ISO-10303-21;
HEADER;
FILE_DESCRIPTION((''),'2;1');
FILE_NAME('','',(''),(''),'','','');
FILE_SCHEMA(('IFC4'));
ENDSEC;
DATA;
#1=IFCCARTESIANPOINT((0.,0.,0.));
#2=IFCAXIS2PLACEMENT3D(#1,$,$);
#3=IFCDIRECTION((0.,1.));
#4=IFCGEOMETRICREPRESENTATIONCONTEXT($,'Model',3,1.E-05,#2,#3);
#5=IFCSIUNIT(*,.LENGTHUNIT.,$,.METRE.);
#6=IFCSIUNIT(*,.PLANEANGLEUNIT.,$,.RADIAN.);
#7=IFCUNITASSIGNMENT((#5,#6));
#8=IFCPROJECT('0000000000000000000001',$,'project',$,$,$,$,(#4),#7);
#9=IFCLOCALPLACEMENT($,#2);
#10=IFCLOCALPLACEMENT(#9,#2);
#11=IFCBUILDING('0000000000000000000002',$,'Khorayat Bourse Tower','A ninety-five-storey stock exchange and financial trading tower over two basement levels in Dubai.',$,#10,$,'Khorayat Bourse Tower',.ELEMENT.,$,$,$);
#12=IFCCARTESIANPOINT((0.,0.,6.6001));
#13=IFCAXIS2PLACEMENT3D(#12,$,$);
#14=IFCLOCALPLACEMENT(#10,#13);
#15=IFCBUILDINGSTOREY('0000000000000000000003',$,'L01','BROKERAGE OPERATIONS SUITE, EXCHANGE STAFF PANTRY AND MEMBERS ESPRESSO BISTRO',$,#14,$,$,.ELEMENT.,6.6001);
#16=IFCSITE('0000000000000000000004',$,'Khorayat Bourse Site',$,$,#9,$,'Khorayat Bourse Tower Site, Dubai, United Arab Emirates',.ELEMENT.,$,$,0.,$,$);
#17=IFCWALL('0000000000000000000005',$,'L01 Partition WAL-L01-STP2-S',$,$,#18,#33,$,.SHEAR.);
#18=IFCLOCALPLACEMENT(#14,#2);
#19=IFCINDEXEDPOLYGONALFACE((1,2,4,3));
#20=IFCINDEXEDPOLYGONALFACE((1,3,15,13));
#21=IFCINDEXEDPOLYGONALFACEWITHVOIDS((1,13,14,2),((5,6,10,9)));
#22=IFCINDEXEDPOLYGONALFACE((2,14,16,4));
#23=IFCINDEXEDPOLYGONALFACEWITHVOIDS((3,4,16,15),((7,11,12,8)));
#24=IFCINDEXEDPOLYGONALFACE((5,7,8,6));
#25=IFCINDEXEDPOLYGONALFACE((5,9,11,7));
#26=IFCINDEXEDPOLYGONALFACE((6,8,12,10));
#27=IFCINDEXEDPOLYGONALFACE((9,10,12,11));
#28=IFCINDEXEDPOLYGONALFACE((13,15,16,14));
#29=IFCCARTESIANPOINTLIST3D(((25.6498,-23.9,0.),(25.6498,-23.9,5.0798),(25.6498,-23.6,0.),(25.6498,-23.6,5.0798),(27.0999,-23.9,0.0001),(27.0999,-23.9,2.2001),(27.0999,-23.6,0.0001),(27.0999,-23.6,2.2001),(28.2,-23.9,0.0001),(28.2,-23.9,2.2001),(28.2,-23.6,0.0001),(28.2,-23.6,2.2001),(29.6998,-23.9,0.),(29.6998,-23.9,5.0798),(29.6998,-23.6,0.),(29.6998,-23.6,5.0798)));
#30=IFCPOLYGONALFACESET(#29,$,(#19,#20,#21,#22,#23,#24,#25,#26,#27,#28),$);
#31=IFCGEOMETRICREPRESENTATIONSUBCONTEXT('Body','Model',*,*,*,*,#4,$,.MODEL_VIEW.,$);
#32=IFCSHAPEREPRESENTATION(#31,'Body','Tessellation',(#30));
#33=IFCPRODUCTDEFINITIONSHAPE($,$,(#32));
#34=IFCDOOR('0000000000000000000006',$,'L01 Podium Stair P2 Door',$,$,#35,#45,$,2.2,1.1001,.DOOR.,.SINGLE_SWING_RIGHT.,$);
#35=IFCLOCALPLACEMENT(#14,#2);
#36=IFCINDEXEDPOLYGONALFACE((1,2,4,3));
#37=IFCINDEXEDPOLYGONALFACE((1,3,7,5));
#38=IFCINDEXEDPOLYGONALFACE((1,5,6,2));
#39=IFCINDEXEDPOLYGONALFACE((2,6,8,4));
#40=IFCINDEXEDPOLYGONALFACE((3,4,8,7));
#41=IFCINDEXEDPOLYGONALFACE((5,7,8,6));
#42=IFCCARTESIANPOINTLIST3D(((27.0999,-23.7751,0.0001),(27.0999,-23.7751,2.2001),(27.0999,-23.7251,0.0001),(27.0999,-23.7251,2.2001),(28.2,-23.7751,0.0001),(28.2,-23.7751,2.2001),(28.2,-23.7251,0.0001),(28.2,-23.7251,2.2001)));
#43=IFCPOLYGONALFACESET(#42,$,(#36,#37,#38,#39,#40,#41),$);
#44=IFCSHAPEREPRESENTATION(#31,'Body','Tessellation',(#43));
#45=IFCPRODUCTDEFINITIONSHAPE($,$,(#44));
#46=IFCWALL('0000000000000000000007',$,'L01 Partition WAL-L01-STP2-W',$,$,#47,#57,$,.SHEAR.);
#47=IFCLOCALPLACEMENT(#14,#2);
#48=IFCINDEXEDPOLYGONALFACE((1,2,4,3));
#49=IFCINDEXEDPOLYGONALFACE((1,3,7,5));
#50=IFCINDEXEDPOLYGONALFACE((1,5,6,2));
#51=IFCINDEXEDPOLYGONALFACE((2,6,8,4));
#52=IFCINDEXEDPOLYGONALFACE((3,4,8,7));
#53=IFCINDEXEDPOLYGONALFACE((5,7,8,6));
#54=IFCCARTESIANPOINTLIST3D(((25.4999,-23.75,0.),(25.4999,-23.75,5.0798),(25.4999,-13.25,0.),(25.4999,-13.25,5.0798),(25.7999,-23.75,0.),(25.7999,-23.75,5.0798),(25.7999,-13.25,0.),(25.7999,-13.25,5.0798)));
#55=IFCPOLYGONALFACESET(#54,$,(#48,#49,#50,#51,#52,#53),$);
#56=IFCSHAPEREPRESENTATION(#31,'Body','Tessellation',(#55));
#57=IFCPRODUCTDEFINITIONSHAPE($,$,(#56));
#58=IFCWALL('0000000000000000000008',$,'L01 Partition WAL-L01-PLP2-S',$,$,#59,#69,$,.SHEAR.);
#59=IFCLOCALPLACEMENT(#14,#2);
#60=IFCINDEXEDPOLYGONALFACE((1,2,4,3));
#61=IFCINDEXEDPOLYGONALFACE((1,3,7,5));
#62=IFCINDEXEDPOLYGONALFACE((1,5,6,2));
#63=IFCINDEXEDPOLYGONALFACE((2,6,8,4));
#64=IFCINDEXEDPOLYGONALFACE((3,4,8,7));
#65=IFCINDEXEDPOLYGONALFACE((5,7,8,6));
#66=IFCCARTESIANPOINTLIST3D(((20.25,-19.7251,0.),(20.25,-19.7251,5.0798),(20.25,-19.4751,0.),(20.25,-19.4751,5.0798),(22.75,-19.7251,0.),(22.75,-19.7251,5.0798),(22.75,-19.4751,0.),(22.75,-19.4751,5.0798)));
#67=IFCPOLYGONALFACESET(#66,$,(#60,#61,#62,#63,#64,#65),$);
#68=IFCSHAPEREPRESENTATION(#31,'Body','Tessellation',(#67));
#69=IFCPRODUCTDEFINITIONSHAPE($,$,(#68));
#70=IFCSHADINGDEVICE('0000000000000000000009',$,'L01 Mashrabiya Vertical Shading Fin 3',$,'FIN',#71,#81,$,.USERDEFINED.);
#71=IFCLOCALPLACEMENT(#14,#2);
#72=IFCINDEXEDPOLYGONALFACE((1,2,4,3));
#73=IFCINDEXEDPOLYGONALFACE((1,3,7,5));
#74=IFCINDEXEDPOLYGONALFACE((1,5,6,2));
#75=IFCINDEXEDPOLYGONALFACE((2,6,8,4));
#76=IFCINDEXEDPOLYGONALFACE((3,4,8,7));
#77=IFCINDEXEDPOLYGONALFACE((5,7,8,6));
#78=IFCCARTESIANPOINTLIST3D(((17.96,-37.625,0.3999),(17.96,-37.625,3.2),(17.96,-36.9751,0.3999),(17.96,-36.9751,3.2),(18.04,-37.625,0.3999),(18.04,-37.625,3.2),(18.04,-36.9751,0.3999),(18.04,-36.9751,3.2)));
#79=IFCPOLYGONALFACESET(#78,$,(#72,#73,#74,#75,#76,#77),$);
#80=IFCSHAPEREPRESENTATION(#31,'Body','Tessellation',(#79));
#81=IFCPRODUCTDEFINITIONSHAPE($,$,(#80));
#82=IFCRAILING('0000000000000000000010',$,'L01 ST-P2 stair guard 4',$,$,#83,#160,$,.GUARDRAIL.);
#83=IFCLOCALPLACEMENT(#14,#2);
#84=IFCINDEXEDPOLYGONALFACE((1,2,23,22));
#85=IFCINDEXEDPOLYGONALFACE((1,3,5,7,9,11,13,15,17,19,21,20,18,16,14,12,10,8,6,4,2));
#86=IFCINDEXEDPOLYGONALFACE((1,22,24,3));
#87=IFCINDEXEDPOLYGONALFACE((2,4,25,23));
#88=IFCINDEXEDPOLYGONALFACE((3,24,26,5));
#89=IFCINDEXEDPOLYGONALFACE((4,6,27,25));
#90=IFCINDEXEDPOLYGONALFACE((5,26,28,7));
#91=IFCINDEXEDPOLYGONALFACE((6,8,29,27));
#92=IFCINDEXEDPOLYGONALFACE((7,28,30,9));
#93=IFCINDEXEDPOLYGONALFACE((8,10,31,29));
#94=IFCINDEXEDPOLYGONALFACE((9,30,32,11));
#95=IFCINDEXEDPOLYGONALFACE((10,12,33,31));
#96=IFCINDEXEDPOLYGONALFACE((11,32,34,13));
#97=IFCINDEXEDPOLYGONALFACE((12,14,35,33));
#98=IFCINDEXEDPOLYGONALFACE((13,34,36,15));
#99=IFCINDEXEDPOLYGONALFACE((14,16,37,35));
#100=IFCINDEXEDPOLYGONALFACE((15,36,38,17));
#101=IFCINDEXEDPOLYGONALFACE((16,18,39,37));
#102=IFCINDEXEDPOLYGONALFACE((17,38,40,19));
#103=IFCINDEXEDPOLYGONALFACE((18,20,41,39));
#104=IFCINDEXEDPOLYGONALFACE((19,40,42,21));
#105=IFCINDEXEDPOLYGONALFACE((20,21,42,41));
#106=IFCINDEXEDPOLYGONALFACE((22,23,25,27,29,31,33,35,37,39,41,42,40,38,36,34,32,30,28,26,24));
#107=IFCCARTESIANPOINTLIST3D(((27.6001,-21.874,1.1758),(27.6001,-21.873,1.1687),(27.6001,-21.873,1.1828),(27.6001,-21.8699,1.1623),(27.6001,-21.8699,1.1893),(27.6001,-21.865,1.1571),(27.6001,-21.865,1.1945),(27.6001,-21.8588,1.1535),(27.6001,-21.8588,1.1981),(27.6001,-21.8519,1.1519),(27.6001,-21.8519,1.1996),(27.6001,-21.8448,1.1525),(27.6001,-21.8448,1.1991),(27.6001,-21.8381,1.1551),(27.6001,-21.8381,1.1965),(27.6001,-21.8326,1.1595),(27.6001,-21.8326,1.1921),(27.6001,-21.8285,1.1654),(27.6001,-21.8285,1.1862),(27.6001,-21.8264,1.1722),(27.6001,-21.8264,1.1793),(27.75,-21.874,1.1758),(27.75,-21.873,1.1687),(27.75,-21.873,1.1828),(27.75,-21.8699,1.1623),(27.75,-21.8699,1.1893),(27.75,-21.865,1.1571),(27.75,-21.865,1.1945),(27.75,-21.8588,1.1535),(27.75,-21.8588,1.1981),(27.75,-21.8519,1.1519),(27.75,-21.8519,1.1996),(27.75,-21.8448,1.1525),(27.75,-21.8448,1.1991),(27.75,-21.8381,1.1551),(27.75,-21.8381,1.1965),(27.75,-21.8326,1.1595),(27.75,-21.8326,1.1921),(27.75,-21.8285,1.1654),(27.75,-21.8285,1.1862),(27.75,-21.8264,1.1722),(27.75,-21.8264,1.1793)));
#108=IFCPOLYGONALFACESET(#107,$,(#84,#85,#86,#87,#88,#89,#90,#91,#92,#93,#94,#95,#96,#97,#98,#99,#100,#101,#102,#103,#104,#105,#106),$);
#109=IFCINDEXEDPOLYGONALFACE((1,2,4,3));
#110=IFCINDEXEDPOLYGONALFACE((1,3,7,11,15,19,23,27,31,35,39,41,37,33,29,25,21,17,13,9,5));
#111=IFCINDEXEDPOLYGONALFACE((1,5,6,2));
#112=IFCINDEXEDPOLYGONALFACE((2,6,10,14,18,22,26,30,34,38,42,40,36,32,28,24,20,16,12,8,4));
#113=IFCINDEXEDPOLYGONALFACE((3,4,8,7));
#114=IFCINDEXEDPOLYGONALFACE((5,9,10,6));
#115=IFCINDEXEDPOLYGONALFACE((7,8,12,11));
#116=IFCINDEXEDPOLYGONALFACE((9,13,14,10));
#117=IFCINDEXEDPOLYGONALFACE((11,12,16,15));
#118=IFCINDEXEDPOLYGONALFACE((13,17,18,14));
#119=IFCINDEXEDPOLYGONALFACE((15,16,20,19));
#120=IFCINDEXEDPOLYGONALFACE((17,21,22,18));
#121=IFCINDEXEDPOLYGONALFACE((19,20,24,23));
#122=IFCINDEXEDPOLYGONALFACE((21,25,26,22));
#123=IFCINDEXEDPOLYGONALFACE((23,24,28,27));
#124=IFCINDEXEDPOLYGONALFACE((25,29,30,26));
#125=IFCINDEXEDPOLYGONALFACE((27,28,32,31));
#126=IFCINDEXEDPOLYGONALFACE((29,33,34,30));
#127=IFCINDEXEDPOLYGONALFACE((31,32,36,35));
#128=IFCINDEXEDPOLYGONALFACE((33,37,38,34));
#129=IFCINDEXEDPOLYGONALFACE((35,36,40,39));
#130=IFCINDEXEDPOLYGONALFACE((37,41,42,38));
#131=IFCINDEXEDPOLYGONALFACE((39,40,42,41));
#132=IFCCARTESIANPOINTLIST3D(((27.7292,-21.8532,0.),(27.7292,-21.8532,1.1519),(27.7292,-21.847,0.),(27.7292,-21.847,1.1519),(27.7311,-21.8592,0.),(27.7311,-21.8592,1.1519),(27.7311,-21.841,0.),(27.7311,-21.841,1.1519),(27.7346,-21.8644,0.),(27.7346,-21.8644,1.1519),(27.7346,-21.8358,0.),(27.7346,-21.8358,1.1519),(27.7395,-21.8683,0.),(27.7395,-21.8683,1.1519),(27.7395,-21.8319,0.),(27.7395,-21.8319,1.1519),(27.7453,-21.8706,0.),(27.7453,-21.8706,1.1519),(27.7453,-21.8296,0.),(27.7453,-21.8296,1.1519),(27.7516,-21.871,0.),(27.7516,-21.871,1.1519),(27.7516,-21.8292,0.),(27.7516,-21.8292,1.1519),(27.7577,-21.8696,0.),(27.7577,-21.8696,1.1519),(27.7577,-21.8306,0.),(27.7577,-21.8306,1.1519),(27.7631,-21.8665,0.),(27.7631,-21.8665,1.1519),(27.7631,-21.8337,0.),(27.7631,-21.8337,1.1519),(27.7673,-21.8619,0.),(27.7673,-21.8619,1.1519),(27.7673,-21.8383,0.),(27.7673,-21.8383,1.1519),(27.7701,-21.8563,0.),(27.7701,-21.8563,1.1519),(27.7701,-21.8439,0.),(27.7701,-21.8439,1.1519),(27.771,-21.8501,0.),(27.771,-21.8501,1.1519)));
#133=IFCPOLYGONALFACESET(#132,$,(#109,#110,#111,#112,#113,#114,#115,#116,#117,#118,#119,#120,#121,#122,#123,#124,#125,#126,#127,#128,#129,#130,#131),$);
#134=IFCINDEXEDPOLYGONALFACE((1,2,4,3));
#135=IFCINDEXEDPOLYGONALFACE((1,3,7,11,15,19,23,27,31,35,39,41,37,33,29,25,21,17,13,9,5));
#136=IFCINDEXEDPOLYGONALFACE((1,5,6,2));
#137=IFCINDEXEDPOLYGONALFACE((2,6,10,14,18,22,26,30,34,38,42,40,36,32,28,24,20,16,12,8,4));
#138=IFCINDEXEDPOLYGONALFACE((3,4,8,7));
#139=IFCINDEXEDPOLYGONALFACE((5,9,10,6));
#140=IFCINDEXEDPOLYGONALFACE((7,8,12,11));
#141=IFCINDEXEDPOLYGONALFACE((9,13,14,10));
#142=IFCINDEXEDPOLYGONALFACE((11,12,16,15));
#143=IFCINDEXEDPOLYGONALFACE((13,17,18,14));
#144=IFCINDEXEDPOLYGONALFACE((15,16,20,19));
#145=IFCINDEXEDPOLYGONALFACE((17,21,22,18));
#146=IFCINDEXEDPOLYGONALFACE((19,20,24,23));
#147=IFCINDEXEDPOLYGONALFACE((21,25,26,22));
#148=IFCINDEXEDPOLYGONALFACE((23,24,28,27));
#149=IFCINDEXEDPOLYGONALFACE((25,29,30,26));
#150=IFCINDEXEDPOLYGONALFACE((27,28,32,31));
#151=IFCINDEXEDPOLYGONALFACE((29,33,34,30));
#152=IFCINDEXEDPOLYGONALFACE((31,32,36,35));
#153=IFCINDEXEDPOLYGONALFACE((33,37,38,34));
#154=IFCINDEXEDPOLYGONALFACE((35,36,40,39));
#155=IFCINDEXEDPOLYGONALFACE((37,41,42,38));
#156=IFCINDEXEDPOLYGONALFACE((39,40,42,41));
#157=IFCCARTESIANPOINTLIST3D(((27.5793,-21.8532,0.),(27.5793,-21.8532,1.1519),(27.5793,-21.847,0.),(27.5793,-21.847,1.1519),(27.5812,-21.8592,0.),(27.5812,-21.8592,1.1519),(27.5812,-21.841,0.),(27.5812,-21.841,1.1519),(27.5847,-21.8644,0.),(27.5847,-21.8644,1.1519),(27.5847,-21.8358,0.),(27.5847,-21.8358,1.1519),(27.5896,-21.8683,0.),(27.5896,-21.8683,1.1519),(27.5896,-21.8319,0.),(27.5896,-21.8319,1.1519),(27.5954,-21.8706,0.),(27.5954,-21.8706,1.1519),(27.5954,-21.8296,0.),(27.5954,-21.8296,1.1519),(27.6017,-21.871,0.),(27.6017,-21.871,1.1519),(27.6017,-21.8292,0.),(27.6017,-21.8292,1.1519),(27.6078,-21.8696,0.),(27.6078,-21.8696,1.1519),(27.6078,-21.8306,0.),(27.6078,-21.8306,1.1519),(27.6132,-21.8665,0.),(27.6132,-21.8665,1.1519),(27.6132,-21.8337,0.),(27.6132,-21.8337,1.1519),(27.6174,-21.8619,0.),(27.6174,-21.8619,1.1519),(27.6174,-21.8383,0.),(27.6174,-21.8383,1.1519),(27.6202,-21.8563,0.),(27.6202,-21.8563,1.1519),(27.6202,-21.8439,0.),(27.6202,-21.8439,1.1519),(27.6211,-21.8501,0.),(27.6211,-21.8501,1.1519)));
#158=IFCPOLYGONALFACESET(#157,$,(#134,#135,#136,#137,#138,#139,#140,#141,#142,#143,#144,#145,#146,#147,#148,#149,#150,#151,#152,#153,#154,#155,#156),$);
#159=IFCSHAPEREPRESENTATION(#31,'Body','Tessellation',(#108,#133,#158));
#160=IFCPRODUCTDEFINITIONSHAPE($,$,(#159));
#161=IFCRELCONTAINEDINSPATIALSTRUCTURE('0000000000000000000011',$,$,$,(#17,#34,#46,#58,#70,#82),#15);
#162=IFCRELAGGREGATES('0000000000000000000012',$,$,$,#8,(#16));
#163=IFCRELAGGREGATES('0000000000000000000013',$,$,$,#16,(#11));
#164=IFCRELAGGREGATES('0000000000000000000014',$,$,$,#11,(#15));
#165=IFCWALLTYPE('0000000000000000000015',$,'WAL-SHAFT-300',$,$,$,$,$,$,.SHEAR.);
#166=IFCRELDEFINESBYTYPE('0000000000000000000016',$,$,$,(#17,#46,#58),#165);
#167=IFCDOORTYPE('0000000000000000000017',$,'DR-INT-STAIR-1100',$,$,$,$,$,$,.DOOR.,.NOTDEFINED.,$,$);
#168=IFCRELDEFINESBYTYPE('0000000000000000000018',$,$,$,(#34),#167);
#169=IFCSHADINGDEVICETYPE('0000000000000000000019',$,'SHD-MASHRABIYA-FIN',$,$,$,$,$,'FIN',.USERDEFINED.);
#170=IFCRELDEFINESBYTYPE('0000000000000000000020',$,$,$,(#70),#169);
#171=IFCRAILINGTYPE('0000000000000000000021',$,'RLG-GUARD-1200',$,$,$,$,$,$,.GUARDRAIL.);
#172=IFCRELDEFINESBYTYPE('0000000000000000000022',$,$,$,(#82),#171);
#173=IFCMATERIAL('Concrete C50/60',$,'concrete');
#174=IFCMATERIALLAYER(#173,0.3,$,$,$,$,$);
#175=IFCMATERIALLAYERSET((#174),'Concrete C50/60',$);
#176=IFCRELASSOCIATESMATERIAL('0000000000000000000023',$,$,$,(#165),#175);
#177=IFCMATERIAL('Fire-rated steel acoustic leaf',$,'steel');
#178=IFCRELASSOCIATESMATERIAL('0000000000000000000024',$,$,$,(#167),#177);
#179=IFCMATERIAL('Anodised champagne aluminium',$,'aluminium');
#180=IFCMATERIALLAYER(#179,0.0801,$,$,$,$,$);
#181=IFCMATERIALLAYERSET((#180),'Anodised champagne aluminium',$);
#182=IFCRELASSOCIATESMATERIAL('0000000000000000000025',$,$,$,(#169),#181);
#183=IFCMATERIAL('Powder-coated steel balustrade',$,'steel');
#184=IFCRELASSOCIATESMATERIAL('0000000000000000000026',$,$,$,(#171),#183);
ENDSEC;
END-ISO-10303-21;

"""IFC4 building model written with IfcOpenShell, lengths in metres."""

from ifc_helpers import new_model, si_unit, direction, frame, frame_2d, origin, origin_2d, place, context, subcontext, project, spatial, rectangle, circle, extrude, source, transform, mapped, material, layer, layer_set, type_object, element, fill, save


model = new_model("IFC4")

# Units and contexts
model_context = context("Model", 3, precision=1e-05, world=origin(), true_north=direction((0.0, 1.0)))
body_context = subcontext(model_context, "Body", "Model", "MODEL_VIEW")
ifc_project = project(units=[si_unit("LENGTHUNIT", "METRE"), si_unit("PLANEANGLEUNIT", "RADIAN")], contexts=[model_context])

# Site, building, storey
site_placement = place(None, origin())
site = spatial("IfcSite", under=ifc_project, at=site_placement, Name="Khorayat Bourse Site", LongName="Khorayat Bourse Tower Site, Dubai, United Arab Emirates", CompositionType="ELEMENT", RefElevation=0.0)
building_placement = place(site_placement, origin())
building = spatial("IfcBuilding", under=site, at=building_placement, Name="Khorayat Bourse Tower", Description="A ninety-five-storey stock exchange and financial trading tower over two basement levels in Dubai.", LongName="Khorayat Bourse Tower", CompositionType="ELEMENT")
storey_placement = place(building_placement, frame((0.0, 0.0, 6.6001)))
storey = spatial("IfcBuildingStorey", under=building, at=storey_placement, Name="L01", Description="BROKERAGE OPERATIONS SUITE, EXCHANGE STAFF PANTRY AND MEMBERS ESPRESSO BISTRO", CompositionType="ELEMENT", Elevation=6.6001)

# Wall, opening, door
ifc_material_1 = material(Name="Concrete C50/60", Category="concrete")
ifc_layer_1 = layer(ifc_material_1, 0.3)
ifc_layer_set_1 = layer_set([ifc_layer_1], Name="Concrete C50/60")
wall_type = type_object("IfcWallType", Name="WAL-SHAFT-300", PredefinedType="SHEAR", material=ifc_layer_set_1)
shared_shape_1 = source(origin(), body_context, "Body", "SweptSolid", [
    extrude(rectangle(XDim=4.05, YDim=0.3, at=frame_2d((2.0249, 0.0))), origin(), (0.0, 0.0, 1.0), 5.0798),
])
wall_1_placement = place(storey_placement, frame((25.6499, -23.75, 0.0), z_axis=(0.0, 0.0, 1.0), x_axis=(1.0, 0.0, 0.0)))
wall_1 = element("IfcWall", 1, at=wall_1_placement, inside=storey, type_object=wall_type, Name="L01 Partition WAL-L01-STP2-S", PredefinedType="SHEAR", context=body_context, shape_type="MappedRepresentation", body=[
    mapped(shared_shape_1, transform((0.0, 0.0, 0.0), scale=1.0)),
])
shared_shape_2 = source(origin(), body_context, "Body", "SweptSolid", [
    extrude(rectangle(XDim=1.1001, YDim=2.2, at=frame_2d((0.55, 1.1001))), frame((0.0, 0.1599, 0.0), z_axis=(0.0, -1.0, 0.0), x_axis=(1.0, 0.0, 0.0)), (0.0, 0.0, 1.0), 0.3201),
])
opening_placement = place(wall_1_placement, frame((1.45, 0.0, 0.0)))
opening = element("IfcOpeningElement", 2, at=opening_placement, cuts=wall_1, PredefinedType="OPENING", context=body_context, shape_type="MappedRepresentation", body=[
    mapped(shared_shape_2, transform((0.0, 0.0, 0.0), scale=1.0)),
])
ifc_material_2 = material(Name="Fire-rated steel acoustic leaf", Category="steel")
door_type = type_object("IfcDoorType", Name="DR-INT-STAIR-1100", OperationType="NOTDEFINED", PredefinedType="DOOR", material=ifc_material_2)
shared_shape_3 = source(origin(), body_context, "Body", "SweptSolid", [
    extrude(rectangle(XDim=1.1001, YDim=2.2, at=frame_2d((0.55, 1.1001))), frame((0.0, 0.0249, 0.0), z_axis=(0.0, -1.0, 0.0), x_axis=(1.0, 0.0, 0.0)), (0.0, 0.0, 1.0), 0.05),
])
door_placement = place(opening_placement, origin())
door = element("IfcDoor", 3, at=door_placement, inside=storey, type_object=door_type, Name="L01 Podium Stair P2 Door", OperationType="SINGLE_SWING_RIGHT", OverallHeight=2.2, OverallWidth=1.1001, PredefinedType="DOOR", context=body_context, shape_type="MappedRepresentation", body=[
    mapped(shared_shape_3, transform((0.0, 0.0, 0.0), scale=1.0)),
])
fill(opening, door)

# Walls
shared_shape_4 = source(origin(), body_context, "Body", "SweptSolid", [
    extrude(rectangle(XDim=10.5, YDim=0.3, at=frame_2d((5.25, 0.0))), origin(), (0.0, 0.0, 1.0), 5.0798),
])
wall_2_placement = place(storey_placement, frame((25.6499, -23.75, 0.0), z_axis=(0.0, 0.0, 1.0), x_axis=(0.0, 1.0, 0.0)))
element("IfcWall", 4, at=wall_2_placement, inside=storey, type_object=wall_type, Name="L01 Partition WAL-L01-STP2-W", PredefinedType="SHEAR", context=body_context, shape_type="MappedRepresentation", body=[
    mapped(shared_shape_4, transform((0.0, 0.0, 0.0), scale=1.0)),
])
shared_shape_5 = source(origin(), body_context, "Body", "SweptSolid", [
    extrude(rectangle(XDim=2.5, YDim=0.25, at=frame_2d((1.25, 0.0))), origin(), (0.0, 0.0, 1.0), 5.0798),
])
wall_3_placement = place(storey_placement, frame((20.25, -19.6001, 0.0), z_axis=(0.0, 0.0, 1.0), x_axis=(1.0, 0.0, 0.0)))
element("IfcWall", 5, at=wall_3_placement, inside=storey, type_object=wall_type, Name="L01 Partition WAL-L01-PLP2-S", PredefinedType="SHEAR", context=body_context, shape_type="MappedRepresentation", body=[
    mapped(shared_shape_5, transform((0.0, 0.0, 0.0), scale=1.0)),
])

# Shading device
ifc_material_3 = material(Name="Anodised champagne aluminium", Category="aluminium")
ifc_layer_2 = layer(ifc_material_3, 0.0801)
ifc_layer_set_2 = layer_set([ifc_layer_2], Name="Anodised champagne aluminium")
shading_device_type = type_object("IfcShadingDeviceType", Name="SHD-MASHRABIYA-FIN", ElementType="FIN", PredefinedType="USERDEFINED", material=ifc_layer_set_2)
shared_shape_6 = source(origin(), body_context, "Body", "SweptSolid", [
    extrude(rectangle(XDim=0.0801, YDim=0.6499, at=origin_2d()), origin(), (0.0, 0.0, 1.0), 2.8),
])
shading_device_placement = place(storey_placement, frame((18.0, -37.3, 0.3999), z_axis=(0.0, 0.0, 1.0), x_axis=(1.0, 0.0, 0.0)))
element("IfcShadingDevice", 6, at=shading_device_placement, inside=storey, type_object=shading_device_type, Name="L01 Mashrabiya Vertical Shading Fin 3", ObjectType="FIN", PredefinedType="USERDEFINED", context=body_context, shape_type="MappedRepresentation", body=[
    mapped(shared_shape_6, transform((0.0, 0.0, 0.0), scale=1.0)),
])

# Railing
ifc_material_4 = material(Name="Powder-coated steel balustrade", Category="steel")
railing_type = type_object("IfcRailingType", Name="RLG-GUARD-1200", PredefinedType="GUARDRAIL", material=ifc_material_4)
shared_shape_7 = source(origin(), body_context, "Body", "SweptSolid", [
    extrude(circle(Radius=0.0239, at=origin_2d()), frame((0.0, 0.0, 1.1758), z_axis=(-1.0, 0.0, 0.0), x_axis=(0.0, -1.0, 0.0)), (0.0, 0.0, 1.0), 0.1499),
    extrude(circle(Radius=0.021, at=origin_2d()), origin(), (0.0, 0.0, 1.0), 1.1519),
    extrude(circle(Radius=0.021, at=origin_2d()), frame((-0.1499, 0.0, 0.0)), (0.0, 0.0, 1.0), 1.1519),
])
railing_1_placement = place(storey_placement, frame((27.75, -21.8501, 0.0)))
element("IfcRailing", 7, at=railing_1_placement, inside=storey, type_object=railing_type, Name="L01 ST-P2 stair guard 4", PredefinedType="GUARDRAIL", context=body_context, shape_type="MappedRepresentation", body=[
    mapped(shared_shape_7, transform((0.0, 0.0, 0.0), scale=1.0)),
])

save(model, "model.ifc")
